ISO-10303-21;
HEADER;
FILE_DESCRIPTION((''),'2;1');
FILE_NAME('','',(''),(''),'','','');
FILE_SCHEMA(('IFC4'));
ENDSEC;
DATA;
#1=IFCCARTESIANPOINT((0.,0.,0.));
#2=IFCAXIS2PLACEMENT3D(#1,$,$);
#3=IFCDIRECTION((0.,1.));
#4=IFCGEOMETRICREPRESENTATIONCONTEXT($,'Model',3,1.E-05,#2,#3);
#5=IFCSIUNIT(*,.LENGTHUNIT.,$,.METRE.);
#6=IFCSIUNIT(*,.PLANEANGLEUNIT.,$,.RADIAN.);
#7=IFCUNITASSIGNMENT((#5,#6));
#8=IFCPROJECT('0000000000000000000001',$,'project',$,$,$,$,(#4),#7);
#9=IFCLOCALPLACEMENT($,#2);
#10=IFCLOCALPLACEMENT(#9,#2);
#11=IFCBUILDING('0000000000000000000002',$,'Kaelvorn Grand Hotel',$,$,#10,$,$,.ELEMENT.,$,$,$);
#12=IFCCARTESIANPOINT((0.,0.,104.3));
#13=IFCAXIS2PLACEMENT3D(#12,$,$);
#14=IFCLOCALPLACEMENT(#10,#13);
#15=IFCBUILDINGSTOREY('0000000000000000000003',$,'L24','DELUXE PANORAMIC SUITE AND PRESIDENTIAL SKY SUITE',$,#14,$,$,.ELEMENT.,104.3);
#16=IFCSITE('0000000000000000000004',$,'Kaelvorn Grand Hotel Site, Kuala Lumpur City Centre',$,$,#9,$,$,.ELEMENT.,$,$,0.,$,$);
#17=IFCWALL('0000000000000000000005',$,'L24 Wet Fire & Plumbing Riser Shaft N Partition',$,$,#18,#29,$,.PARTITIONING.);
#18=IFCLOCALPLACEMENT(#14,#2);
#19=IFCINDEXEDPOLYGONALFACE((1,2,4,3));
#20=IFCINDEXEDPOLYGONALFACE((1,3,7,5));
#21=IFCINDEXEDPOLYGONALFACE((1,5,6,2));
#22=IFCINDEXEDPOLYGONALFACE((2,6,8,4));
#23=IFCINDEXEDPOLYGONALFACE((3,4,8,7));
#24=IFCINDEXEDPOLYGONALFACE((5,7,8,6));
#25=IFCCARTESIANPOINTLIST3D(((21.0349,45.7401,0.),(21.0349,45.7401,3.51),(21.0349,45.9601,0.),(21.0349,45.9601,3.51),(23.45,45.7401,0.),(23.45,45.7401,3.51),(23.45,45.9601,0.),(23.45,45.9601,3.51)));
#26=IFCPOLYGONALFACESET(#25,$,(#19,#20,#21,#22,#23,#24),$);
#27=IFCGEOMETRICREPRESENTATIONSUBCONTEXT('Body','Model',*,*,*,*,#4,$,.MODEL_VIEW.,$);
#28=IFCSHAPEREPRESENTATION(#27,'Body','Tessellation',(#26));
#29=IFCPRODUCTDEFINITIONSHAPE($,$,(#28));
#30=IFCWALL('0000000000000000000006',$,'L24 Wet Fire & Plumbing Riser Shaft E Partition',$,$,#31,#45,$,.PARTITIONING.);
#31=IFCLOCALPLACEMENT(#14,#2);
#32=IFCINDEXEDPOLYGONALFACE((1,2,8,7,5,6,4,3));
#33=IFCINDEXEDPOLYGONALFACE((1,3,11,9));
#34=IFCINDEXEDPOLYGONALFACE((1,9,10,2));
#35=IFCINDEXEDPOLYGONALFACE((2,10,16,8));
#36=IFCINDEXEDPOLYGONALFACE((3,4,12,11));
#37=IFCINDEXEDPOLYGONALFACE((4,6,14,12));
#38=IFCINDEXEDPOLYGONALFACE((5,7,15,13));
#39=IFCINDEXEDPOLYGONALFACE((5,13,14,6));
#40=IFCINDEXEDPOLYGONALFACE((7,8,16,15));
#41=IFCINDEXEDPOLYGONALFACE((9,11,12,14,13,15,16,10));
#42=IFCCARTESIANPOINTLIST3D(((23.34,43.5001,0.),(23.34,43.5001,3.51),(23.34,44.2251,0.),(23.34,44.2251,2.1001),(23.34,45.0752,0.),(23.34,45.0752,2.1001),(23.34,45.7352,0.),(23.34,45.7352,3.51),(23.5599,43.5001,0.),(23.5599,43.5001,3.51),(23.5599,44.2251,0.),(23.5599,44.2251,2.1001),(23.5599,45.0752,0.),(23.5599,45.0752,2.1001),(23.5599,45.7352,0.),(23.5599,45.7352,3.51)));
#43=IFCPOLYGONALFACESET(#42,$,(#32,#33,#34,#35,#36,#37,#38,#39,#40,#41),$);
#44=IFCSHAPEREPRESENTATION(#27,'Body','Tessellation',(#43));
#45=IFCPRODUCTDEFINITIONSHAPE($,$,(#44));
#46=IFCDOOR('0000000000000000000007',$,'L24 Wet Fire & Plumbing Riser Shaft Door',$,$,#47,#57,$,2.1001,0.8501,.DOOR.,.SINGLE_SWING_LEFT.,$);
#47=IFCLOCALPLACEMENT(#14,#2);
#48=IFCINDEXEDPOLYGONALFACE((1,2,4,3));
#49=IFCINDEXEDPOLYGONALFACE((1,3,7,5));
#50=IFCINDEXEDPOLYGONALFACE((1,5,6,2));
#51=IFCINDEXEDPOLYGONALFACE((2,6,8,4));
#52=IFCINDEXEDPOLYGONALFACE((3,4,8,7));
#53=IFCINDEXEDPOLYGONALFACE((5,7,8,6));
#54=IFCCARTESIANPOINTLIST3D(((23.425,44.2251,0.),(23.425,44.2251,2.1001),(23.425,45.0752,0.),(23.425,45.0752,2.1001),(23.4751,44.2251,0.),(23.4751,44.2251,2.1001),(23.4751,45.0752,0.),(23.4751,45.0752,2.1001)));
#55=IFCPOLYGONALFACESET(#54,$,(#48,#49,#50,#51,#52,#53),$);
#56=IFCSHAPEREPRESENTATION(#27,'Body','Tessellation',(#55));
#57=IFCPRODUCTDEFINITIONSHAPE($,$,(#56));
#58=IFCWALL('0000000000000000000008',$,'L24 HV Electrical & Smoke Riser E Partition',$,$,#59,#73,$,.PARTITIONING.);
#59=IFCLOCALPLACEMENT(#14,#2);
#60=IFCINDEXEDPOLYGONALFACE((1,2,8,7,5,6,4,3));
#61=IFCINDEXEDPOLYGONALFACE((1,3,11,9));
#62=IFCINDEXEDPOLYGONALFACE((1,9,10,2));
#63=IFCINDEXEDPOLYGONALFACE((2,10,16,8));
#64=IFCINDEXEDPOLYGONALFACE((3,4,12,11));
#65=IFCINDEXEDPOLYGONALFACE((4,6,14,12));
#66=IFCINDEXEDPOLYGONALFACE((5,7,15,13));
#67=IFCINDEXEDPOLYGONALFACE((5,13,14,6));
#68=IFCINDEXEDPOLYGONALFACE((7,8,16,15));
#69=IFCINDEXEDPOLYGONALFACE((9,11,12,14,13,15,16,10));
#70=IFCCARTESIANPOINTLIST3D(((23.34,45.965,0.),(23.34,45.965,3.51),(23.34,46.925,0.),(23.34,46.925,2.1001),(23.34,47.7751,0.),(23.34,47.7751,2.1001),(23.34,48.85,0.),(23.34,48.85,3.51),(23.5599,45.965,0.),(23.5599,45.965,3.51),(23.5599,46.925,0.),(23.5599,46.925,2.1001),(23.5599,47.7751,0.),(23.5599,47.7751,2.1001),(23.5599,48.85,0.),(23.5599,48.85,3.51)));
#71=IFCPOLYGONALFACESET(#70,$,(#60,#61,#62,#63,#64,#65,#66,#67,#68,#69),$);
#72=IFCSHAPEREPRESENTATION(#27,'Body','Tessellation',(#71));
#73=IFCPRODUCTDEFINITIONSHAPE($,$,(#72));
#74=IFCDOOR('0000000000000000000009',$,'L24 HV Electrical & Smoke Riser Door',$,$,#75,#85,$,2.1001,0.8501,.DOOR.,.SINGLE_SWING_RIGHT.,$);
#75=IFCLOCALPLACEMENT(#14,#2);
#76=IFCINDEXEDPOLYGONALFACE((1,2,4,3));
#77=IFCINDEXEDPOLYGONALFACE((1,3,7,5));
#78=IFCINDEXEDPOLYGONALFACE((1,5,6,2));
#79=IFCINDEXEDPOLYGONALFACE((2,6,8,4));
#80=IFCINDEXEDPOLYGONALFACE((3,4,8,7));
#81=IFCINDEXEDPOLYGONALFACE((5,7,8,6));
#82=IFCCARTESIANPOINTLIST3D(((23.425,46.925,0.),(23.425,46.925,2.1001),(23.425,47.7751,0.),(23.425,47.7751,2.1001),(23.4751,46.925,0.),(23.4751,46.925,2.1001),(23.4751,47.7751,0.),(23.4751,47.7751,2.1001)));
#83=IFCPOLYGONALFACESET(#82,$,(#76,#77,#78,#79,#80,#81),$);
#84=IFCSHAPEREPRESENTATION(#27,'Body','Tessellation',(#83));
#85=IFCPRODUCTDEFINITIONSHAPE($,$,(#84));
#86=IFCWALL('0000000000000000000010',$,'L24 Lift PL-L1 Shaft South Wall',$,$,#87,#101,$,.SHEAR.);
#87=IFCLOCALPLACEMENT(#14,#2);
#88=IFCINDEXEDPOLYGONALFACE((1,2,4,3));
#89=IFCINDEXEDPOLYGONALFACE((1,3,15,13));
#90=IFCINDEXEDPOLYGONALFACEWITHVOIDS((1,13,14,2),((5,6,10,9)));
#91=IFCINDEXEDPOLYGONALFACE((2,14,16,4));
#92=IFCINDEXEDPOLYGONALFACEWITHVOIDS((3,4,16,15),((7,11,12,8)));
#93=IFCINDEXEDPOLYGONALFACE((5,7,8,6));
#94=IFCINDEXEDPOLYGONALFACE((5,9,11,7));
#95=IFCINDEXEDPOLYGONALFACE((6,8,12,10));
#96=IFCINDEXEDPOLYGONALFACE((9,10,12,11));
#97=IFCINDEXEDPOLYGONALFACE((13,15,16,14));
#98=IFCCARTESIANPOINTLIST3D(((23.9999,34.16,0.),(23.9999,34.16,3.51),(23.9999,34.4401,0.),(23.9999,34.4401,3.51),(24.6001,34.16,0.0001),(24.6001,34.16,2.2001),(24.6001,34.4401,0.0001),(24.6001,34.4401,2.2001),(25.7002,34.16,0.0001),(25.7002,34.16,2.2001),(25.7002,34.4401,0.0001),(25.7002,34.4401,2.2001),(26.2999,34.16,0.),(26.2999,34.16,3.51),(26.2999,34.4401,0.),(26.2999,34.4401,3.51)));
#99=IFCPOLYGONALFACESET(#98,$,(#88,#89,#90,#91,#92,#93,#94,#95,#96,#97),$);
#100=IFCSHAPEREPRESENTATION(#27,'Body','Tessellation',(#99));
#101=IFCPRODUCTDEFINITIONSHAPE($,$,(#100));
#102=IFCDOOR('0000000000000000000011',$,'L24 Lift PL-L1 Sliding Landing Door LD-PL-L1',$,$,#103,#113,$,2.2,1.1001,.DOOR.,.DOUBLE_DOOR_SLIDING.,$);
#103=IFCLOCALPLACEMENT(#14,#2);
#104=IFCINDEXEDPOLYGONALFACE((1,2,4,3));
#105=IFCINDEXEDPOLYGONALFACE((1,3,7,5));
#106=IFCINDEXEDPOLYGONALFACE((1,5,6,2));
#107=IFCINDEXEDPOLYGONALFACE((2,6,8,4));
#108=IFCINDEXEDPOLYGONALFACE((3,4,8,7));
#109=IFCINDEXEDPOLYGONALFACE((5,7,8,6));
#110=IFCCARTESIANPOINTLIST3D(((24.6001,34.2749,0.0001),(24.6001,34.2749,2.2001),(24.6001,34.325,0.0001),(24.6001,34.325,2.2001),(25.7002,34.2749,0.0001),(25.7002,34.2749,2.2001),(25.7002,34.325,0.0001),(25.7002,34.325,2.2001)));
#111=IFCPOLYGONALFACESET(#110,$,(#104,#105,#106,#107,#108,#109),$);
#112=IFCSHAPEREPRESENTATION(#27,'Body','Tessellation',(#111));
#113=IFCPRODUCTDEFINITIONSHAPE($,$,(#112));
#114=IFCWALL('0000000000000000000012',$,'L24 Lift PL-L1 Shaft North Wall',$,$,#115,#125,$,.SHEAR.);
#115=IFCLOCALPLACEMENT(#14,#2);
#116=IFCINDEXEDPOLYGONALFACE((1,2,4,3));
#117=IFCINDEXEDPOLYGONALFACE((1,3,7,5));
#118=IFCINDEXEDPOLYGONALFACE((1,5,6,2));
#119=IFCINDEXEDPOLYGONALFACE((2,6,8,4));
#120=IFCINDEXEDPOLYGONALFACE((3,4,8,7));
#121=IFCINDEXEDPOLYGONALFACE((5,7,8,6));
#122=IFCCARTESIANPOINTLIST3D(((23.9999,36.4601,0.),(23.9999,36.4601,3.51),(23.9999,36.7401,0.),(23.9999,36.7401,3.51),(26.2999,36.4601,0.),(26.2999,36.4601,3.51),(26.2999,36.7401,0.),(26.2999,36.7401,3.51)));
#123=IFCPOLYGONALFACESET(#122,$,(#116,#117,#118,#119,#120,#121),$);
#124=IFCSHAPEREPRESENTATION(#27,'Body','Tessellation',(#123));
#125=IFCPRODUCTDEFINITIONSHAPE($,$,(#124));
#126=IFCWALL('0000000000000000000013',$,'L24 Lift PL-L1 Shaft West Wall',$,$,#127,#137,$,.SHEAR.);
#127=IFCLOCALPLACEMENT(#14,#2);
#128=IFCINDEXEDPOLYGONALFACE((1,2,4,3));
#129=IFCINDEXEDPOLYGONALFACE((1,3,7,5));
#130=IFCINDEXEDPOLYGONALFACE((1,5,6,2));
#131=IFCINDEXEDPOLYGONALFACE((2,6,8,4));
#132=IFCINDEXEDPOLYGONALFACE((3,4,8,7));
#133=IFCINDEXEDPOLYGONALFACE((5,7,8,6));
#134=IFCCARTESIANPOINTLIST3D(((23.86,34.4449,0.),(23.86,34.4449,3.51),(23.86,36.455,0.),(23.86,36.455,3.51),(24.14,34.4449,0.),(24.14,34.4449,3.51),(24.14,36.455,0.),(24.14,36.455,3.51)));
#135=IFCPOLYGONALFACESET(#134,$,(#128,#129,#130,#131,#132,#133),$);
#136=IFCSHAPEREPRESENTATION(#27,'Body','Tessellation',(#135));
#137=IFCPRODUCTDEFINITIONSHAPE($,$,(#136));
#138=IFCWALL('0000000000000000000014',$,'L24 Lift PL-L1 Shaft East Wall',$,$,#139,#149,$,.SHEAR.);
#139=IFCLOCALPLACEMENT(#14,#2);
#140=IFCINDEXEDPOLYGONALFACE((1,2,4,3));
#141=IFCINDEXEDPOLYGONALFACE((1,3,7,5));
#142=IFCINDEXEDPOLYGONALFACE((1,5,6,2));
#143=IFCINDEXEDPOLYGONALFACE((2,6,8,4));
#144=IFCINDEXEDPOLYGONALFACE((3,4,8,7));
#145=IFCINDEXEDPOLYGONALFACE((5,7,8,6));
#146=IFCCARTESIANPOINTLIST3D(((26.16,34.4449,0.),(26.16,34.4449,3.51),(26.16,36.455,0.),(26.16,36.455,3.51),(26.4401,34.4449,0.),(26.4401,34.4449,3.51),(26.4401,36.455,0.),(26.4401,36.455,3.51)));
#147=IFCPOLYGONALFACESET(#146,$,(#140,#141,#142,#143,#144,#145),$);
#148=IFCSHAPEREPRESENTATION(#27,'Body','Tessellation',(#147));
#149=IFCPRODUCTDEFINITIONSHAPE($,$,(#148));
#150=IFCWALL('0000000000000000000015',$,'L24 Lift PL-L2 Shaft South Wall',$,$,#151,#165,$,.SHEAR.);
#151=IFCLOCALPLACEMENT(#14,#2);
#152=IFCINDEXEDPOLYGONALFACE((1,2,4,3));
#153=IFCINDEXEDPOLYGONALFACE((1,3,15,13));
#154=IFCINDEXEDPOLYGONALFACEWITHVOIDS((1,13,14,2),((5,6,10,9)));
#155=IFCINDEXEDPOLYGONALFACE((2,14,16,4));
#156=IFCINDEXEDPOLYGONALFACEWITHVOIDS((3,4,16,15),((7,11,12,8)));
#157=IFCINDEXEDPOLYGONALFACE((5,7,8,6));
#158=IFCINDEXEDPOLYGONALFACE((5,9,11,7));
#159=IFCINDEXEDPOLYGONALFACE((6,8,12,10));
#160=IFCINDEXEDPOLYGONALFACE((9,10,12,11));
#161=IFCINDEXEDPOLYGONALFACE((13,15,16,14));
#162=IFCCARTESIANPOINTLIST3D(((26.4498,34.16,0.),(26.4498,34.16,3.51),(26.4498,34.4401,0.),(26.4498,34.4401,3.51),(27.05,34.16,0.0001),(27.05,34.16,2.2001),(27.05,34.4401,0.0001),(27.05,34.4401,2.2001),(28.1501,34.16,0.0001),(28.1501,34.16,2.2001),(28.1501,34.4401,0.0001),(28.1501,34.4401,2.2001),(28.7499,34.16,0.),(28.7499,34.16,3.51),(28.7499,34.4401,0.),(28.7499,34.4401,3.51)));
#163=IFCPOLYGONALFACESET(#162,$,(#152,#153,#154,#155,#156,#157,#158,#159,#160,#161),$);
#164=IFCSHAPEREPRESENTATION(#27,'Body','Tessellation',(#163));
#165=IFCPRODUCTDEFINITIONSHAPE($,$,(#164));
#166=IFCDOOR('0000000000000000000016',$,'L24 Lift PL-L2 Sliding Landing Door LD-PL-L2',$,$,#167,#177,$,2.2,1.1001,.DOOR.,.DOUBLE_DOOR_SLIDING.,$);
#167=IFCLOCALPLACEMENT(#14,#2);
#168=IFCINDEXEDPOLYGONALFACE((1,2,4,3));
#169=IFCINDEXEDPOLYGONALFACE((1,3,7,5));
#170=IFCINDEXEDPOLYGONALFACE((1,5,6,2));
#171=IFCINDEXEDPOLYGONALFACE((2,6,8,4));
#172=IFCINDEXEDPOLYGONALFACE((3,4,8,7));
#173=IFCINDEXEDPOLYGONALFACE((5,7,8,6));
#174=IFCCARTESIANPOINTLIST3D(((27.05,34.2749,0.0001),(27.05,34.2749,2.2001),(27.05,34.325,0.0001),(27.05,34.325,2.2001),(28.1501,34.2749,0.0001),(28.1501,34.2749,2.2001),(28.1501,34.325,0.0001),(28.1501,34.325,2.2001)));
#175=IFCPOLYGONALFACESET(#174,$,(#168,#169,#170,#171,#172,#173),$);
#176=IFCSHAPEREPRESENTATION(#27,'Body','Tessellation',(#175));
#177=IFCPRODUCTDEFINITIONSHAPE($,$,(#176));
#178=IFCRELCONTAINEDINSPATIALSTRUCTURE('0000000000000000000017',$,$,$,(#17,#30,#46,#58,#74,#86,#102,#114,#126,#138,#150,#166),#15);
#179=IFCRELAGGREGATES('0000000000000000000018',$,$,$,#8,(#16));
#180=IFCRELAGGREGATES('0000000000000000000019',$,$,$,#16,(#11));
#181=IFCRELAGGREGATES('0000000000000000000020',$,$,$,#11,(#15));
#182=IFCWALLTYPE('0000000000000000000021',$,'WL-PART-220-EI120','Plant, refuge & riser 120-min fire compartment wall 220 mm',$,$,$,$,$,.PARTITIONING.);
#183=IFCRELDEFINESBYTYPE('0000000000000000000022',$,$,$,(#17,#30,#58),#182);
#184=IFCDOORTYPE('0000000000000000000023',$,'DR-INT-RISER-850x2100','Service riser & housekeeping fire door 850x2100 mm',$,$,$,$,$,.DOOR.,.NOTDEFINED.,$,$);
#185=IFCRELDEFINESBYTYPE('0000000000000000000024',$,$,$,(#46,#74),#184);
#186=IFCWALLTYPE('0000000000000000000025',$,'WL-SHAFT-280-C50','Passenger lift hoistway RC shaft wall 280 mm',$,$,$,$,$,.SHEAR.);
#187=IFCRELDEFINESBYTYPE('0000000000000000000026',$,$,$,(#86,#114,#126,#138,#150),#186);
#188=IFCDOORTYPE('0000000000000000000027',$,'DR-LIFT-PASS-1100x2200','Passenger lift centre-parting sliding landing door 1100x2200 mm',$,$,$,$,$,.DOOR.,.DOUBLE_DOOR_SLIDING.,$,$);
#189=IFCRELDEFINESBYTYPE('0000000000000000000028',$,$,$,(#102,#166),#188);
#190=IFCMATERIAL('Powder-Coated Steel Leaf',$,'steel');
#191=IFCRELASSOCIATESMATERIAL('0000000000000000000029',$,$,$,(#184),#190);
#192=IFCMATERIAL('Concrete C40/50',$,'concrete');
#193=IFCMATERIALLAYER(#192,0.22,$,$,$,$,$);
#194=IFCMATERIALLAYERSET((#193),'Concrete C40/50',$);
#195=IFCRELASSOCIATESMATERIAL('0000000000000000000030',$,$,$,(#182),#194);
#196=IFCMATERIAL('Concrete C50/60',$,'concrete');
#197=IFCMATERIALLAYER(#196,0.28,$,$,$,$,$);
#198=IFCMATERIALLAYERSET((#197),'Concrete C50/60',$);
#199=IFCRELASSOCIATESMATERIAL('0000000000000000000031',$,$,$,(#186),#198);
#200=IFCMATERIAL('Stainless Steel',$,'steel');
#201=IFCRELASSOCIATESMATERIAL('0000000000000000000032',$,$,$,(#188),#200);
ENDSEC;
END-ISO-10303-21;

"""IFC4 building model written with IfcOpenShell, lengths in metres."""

from ifc_helpers import new_model, si_unit, direction, frame, frame_2d, origin, place, context, subcontext, project, spatial, rectangle, extrude, material, layer, layer_set, type_object, element, fill, save


model = new_model("IFC4")

# Units and contexts
model_context = context("Model", 3, precision=1e-05, world=origin(), true_north=direction((0.0, 1.0)))
body_context = subcontext(model_context, "Body", "Model", "MODEL_VIEW")
ifc_project = project(units=[si_unit("LENGTHUNIT", "METRE"), si_unit("PLANEANGLEUNIT", "RADIAN")], contexts=[model_context])

# Site, building, storey
site_placement = place(None, origin())
site = spatial("IfcSite", under=ifc_project, at=site_placement, Name="Kaelvorn Grand Hotel Site, Kuala Lumpur City Centre", CompositionType="ELEMENT", RefElevation=0.0)
building_placement = place(site_placement, origin())
building = spatial("IfcBuilding", under=site, at=building_placement, Name="Kaelvorn Grand Hotel", CompositionType="ELEMENT")
storey_placement = place(building_placement, frame((0.0, 0.0, 104.3)))
storey = spatial("IfcBuildingStorey", under=building, at=storey_placement, Name="L24", Description="DELUXE PANORAMIC SUITE AND PRESIDENTIAL SKY SUITE", CompositionType="ELEMENT", Elevation=104.3)

# Shared definitions
ifc_material_1 = material(Name="Powder-Coated Steel Leaf", Category="steel")
door_type_1 = type_object("IfcDoorType", Name="DR-INT-RISER-850x2100", Description="Service riser & housekeeping fire door 850x2100 mm", OperationType="NOTDEFINED", PredefinedType="DOOR", material=ifc_material_1)

# Wall
ifc_material_2 = material(Name="Concrete C40/50", Category="concrete")
ifc_layer_1 = layer(ifc_material_2, 0.22)
ifc_layer_set_1 = layer_set([ifc_layer_1], Name="Concrete C40/50")
wall_type_1 = type_object("IfcWallType", Name="WL-PART-220-EI120", Description="Plant, refuge & riser 120-min fire compartment wall 220 mm", PredefinedType="PARTITIONING", material=ifc_layer_set_1)
wall_1_placement = place(storey_placement, frame((21.0349, 45.8501, 0.0), z_axis=(0.0, 0.0, 1.0), x_axis=(1.0, 0.0, 0.0)))
element("IfcWall", 1, at=wall_1_placement, inside=storey, type_object=wall_type_1, Name="L24 Wet Fire & Plumbing Riser Shaft N Partition", PredefinedType="PARTITIONING", context=body_context, shape_type="SweptSolid", body=[
    extrude(rectangle(XDim=2.415, YDim=0.22, at=frame_2d((1.2075, 0.0))), origin(), (0.0, 0.0, 1.0), 3.51),
])

# Walls, openings, doors
wall_2_placement = place(storey_placement, frame((23.45, 43.5, 0.0), z_axis=(0.0, 0.0, 1.0), x_axis=(0.0, 1.0, 0.0)))
wall_2 = element("IfcWall", 2, at=wall_2_placement, inside=storey, type_object=wall_type_1, Name="L24 Wet Fire & Plumbing Riser Shaft E Partition", PredefinedType="PARTITIONING", context=body_context, shape_type="SweptSolid", body=[
    extrude(rectangle(XDim=2.2351, YDim=0.22, at=frame_2d((1.1177, 0.0))), origin(), (0.0, 0.0, 1.0), 3.51),
])
opening_1_placement = place(wall_2_placement, frame((0.7251, 0.0, 0.0)))
opening_1 = element("IfcOpeningElement", 3, at=opening_1_placement, cuts=wall_2, PredefinedType="OPENING", context=body_context, shape_type="SweptSolid", body=[
    extrude(rectangle(XDim=0.8501, YDim=2.1001, at=frame_2d((0.425, 1.05))), frame((0.0, 0.1201, 0.0), z_axis=(0.0, -1.0, 0.0), x_axis=(1.0, 0.0, 0.0)), (0.0, 0.0, 1.0), 0.24),
])
door_1_placement = place(opening_1_placement, origin())
door_1 = element("IfcDoor", 4, at=door_1_placement, inside=storey, type_object=door_type_1, Name="L24 Wet Fire & Plumbing Riser Shaft Door", OperationType="SINGLE_SWING_LEFT", OverallHeight=2.1001, OverallWidth=0.8501, PredefinedType="DOOR", context=body_context, shape_type="SweptSolid", body=[
    extrude(rectangle(XDim=0.8501, YDim=2.1001, at=frame_2d((0.425, 1.05))), frame((0.0, 0.0249, 0.0), z_axis=(0.0, -1.0, 0.0), x_axis=(1.0, 0.0, 0.0)), (0.0, 0.0, 1.0), 0.05),
])
fill(opening_1, door_1)
wall_3_placement = place(storey_placement, frame((23.45, 45.9651, 0.0), z_axis=(0.0, 0.0, 1.0), x_axis=(0.0, 1.0, 0.0)))
wall_3 = element("IfcWall", 5, at=wall_3_placement, inside=storey, type_object=wall_type_1, Name="L24 HV Electrical & Smoke Riser E Partition", PredefinedType="PARTITIONING", context=body_context, shape_type="SweptSolid", body=[
    extrude(rectangle(XDim=2.885, YDim=0.22, at=frame_2d((1.4424, 0.0))), origin(), (0.0, 0.0, 1.0), 3.51),
])
opening_2_placement = place(wall_3_placement, frame((0.96, 0.0, 0.0)))
opening_2 = element("IfcOpeningElement", 6, at=opening_2_placement, cuts=wall_3, PredefinedType="OPENING", context=body_context, shape_type="SweptSolid", body=[
    extrude(rectangle(XDim=0.8501, YDim=2.1001, at=frame_2d((0.425, 1.05))), frame((0.0, 0.1201, 0.0), z_axis=(0.0, -1.0, 0.0), x_axis=(1.0, 0.0, 0.0)), (0.0, 0.0, 1.0), 0.24),
])
door_2_placement = place(opening_2_placement, origin())
door_2 = element("IfcDoor", 7, at=door_2_placement, inside=storey, type_object=door_type_1, Name="L24 HV Electrical & Smoke Riser Door", OperationType="SINGLE_SWING_RIGHT", OverallHeight=2.1001, OverallWidth=0.8501, PredefinedType="DOOR", context=body_context, shape_type="SweptSolid", body=[
    extrude(rectangle(XDim=0.8501, YDim=2.1001, at=frame_2d((0.425, 1.05))), frame((0.0, 0.0249, 0.0), z_axis=(0.0, -1.0, 0.0), x_axis=(1.0, 0.0, 0.0)), (0.0, 0.0, 1.0), 0.05),
])
fill(opening_2, door_2)
ifc_material_3 = material(Name="Concrete C50/60", Category="concrete")
ifc_layer_2 = layer(ifc_material_3, 0.28)
ifc_layer_set_2 = layer_set([ifc_layer_2], Name="Concrete C50/60")
wall_type_2 = type_object("IfcWallType", Name="WL-SHAFT-280-C50", Description="Passenger lift hoistway RC shaft wall 280 mm", PredefinedType="SHEAR", material=ifc_layer_set_2)
wall_4_placement = place(storey_placement, frame((24.0, 34.3, 0.0), z_axis=(0.0, 0.0, 1.0), x_axis=(1.0, 0.0, 0.0)))
wall_4 = element("IfcWall", 8, at=wall_4_placement, inside=storey, type_object=wall_type_2, Name="L24 Lift PL-L1 Shaft South Wall", PredefinedType="SHEAR", context=body_context, shape_type="SweptSolid", body=[
    extrude(rectangle(XDim=2.3, YDim=0.28, at=frame_2d((1.1499, 0.0))), origin(), (0.0, 0.0, 1.0), 3.51),
])
opening_3_placement = place(wall_4_placement, frame((0.6001, 0.0, 0.0)))
opening_3 = element("IfcOpeningElement", 9, at=opening_3_placement, cuts=wall_4, PredefinedType="OPENING", context=body_context, shape_type="SweptSolid", body=[
    extrude(rectangle(XDim=1.1001, YDim=2.2, at=frame_2d((0.55, 1.1001))), frame((0.0, 0.1499, 0.0), z_axis=(0.0, -1.0, 0.0), x_axis=(1.0, 0.0, 0.0)), (0.0, 0.0, 1.0), 0.3),
])
ifc_material_4 = material(Name="Stainless Steel", Category="steel")
door_type_2 = type_object("IfcDoorType", Name="DR-LIFT-PASS-1100x2200", Description="Passenger lift centre-parting sliding landing door 1100x2200 mm", OperationType="DOUBLE_DOOR_SLIDING", PredefinedType="DOOR", material=ifc_material_4)
door_3_placement = place(opening_3_placement, origin())
door_3 = element("IfcDoor", 10, at=door_3_placement, inside=storey, type_object=door_type_2, Name="L24 Lift PL-L1 Sliding Landing Door LD-PL-L1", OperationType="DOUBLE_DOOR_SLIDING", OverallHeight=2.2, OverallWidth=1.1001, PredefinedType="DOOR", context=body_context, shape_type="SweptSolid", body=[
    extrude(rectangle(XDim=1.1001, YDim=2.2, at=frame_2d((0.55, 1.1001))), frame((0.0, 0.0249, 0.0), z_axis=(0.0, -1.0, 0.0), x_axis=(1.0, 0.0, 0.0)), (0.0, 0.0, 1.0), 0.05),
])
fill(opening_3, door_3)

# Walls
wall_5_placement = place(storey_placement, frame((24.0, 36.6001, 0.0), z_axis=(0.0, 0.0, 1.0), x_axis=(1.0, 0.0, 0.0)))
element("IfcWall", 11, at=wall_5_placement, inside=storey, type_object=wall_type_2, Name="L24 Lift PL-L1 Shaft North Wall", PredefinedType="SHEAR", context=body_context, shape_type="SweptSolid", body=[
    extrude(rectangle(XDim=2.3, YDim=0.28, at=frame_2d((1.1499, 0.0))), origin(), (0.0, 0.0, 1.0), 3.51),
])
for number, where, z_axis, x_axis, name in (
    (12, (24.0, 34.4451, 0.0), (0.0, 0.0, 1.0), (0.0, 1.0, 0.0), "L24 Lift PL-L1 Shaft West Wall"),
    (13, (26.3, 34.4451, 0.0), (0.0, 0.0, 1.0), (0.0, 1.0, 0.0), "L24 Lift PL-L1 Shaft East Wall"),
):
    element("IfcWall", number, at=place(storey_placement, frame(where, z_axis=z_axis, x_axis=x_axis)), inside=storey, type_object=wall_type_2, Name=name, PredefinedType="SHEAR", context=body_context, shape_type="SweptSolid", body=[
        extrude(rectangle(XDim=2.01, YDim=0.28, at=frame_2d((1.0049, 0.0))), origin(), (0.0, 0.0, 1.0), 3.51),
    ])

# Wall, opening, door
wall_6_placement = place(storey_placement, frame((26.45, 34.3, 0.0), z_axis=(0.0, 0.0, 1.0), x_axis=(1.0, 0.0, 0.0)))
wall_6 = element("IfcWall", 14, at=wall_6_placement, inside=storey, type_object=wall_type_2, Name="L24 Lift PL-L2 Shaft South Wall", PredefinedType="SHEAR", context=body_context, shape_type="SweptSolid", body=[
    extrude(rectangle(XDim=2.3, YDim=0.28, at=frame_2d((1.1499, 0.0))), origin(), (0.0, 0.0, 1.0), 3.51),
])
opening_4_placement = place(wall_6_placement, frame((0.6001, 0.0, 0.0)))
opening_4 = element("IfcOpeningElement", 15, at=opening_4_placement, cuts=wall_6, PredefinedType="OPENING", context=body_context, shape_type="SweptSolid", body=[
    extrude(rectangle(XDim=1.1001, YDim=2.2, at=frame_2d((0.55, 1.1001))), frame((0.0, 0.1499, 0.0), z_axis=(0.0, -1.0, 0.0), x_axis=(1.0, 0.0, 0.0)), (0.0, 0.0, 1.0), 0.3),
])
door_4_placement = place(opening_4_placement, origin())
door_4 = element("IfcDoor", 16, at=door_4_placement, inside=storey, type_object=door_type_2, Name="L24 Lift PL-L2 Sliding Landing Door LD-PL-L2", OperationType="DOUBLE_DOOR_SLIDING", OverallHeight=2.2, OverallWidth=1.1001, PredefinedType="DOOR", context=body_context, shape_type="SweptSolid", body=[
    extrude(rectangle(XDim=1.1001, YDim=2.2, at=frame_2d((0.55, 1.1001))), frame((0.0, 0.0249, 0.0), z_axis=(0.0, -1.0, 0.0), x_axis=(1.0, 0.0, 0.0)), (0.0, 0.0, 1.0), 0.05),
])
fill(opening_4, door_4)

save(model, "model.ifc")
